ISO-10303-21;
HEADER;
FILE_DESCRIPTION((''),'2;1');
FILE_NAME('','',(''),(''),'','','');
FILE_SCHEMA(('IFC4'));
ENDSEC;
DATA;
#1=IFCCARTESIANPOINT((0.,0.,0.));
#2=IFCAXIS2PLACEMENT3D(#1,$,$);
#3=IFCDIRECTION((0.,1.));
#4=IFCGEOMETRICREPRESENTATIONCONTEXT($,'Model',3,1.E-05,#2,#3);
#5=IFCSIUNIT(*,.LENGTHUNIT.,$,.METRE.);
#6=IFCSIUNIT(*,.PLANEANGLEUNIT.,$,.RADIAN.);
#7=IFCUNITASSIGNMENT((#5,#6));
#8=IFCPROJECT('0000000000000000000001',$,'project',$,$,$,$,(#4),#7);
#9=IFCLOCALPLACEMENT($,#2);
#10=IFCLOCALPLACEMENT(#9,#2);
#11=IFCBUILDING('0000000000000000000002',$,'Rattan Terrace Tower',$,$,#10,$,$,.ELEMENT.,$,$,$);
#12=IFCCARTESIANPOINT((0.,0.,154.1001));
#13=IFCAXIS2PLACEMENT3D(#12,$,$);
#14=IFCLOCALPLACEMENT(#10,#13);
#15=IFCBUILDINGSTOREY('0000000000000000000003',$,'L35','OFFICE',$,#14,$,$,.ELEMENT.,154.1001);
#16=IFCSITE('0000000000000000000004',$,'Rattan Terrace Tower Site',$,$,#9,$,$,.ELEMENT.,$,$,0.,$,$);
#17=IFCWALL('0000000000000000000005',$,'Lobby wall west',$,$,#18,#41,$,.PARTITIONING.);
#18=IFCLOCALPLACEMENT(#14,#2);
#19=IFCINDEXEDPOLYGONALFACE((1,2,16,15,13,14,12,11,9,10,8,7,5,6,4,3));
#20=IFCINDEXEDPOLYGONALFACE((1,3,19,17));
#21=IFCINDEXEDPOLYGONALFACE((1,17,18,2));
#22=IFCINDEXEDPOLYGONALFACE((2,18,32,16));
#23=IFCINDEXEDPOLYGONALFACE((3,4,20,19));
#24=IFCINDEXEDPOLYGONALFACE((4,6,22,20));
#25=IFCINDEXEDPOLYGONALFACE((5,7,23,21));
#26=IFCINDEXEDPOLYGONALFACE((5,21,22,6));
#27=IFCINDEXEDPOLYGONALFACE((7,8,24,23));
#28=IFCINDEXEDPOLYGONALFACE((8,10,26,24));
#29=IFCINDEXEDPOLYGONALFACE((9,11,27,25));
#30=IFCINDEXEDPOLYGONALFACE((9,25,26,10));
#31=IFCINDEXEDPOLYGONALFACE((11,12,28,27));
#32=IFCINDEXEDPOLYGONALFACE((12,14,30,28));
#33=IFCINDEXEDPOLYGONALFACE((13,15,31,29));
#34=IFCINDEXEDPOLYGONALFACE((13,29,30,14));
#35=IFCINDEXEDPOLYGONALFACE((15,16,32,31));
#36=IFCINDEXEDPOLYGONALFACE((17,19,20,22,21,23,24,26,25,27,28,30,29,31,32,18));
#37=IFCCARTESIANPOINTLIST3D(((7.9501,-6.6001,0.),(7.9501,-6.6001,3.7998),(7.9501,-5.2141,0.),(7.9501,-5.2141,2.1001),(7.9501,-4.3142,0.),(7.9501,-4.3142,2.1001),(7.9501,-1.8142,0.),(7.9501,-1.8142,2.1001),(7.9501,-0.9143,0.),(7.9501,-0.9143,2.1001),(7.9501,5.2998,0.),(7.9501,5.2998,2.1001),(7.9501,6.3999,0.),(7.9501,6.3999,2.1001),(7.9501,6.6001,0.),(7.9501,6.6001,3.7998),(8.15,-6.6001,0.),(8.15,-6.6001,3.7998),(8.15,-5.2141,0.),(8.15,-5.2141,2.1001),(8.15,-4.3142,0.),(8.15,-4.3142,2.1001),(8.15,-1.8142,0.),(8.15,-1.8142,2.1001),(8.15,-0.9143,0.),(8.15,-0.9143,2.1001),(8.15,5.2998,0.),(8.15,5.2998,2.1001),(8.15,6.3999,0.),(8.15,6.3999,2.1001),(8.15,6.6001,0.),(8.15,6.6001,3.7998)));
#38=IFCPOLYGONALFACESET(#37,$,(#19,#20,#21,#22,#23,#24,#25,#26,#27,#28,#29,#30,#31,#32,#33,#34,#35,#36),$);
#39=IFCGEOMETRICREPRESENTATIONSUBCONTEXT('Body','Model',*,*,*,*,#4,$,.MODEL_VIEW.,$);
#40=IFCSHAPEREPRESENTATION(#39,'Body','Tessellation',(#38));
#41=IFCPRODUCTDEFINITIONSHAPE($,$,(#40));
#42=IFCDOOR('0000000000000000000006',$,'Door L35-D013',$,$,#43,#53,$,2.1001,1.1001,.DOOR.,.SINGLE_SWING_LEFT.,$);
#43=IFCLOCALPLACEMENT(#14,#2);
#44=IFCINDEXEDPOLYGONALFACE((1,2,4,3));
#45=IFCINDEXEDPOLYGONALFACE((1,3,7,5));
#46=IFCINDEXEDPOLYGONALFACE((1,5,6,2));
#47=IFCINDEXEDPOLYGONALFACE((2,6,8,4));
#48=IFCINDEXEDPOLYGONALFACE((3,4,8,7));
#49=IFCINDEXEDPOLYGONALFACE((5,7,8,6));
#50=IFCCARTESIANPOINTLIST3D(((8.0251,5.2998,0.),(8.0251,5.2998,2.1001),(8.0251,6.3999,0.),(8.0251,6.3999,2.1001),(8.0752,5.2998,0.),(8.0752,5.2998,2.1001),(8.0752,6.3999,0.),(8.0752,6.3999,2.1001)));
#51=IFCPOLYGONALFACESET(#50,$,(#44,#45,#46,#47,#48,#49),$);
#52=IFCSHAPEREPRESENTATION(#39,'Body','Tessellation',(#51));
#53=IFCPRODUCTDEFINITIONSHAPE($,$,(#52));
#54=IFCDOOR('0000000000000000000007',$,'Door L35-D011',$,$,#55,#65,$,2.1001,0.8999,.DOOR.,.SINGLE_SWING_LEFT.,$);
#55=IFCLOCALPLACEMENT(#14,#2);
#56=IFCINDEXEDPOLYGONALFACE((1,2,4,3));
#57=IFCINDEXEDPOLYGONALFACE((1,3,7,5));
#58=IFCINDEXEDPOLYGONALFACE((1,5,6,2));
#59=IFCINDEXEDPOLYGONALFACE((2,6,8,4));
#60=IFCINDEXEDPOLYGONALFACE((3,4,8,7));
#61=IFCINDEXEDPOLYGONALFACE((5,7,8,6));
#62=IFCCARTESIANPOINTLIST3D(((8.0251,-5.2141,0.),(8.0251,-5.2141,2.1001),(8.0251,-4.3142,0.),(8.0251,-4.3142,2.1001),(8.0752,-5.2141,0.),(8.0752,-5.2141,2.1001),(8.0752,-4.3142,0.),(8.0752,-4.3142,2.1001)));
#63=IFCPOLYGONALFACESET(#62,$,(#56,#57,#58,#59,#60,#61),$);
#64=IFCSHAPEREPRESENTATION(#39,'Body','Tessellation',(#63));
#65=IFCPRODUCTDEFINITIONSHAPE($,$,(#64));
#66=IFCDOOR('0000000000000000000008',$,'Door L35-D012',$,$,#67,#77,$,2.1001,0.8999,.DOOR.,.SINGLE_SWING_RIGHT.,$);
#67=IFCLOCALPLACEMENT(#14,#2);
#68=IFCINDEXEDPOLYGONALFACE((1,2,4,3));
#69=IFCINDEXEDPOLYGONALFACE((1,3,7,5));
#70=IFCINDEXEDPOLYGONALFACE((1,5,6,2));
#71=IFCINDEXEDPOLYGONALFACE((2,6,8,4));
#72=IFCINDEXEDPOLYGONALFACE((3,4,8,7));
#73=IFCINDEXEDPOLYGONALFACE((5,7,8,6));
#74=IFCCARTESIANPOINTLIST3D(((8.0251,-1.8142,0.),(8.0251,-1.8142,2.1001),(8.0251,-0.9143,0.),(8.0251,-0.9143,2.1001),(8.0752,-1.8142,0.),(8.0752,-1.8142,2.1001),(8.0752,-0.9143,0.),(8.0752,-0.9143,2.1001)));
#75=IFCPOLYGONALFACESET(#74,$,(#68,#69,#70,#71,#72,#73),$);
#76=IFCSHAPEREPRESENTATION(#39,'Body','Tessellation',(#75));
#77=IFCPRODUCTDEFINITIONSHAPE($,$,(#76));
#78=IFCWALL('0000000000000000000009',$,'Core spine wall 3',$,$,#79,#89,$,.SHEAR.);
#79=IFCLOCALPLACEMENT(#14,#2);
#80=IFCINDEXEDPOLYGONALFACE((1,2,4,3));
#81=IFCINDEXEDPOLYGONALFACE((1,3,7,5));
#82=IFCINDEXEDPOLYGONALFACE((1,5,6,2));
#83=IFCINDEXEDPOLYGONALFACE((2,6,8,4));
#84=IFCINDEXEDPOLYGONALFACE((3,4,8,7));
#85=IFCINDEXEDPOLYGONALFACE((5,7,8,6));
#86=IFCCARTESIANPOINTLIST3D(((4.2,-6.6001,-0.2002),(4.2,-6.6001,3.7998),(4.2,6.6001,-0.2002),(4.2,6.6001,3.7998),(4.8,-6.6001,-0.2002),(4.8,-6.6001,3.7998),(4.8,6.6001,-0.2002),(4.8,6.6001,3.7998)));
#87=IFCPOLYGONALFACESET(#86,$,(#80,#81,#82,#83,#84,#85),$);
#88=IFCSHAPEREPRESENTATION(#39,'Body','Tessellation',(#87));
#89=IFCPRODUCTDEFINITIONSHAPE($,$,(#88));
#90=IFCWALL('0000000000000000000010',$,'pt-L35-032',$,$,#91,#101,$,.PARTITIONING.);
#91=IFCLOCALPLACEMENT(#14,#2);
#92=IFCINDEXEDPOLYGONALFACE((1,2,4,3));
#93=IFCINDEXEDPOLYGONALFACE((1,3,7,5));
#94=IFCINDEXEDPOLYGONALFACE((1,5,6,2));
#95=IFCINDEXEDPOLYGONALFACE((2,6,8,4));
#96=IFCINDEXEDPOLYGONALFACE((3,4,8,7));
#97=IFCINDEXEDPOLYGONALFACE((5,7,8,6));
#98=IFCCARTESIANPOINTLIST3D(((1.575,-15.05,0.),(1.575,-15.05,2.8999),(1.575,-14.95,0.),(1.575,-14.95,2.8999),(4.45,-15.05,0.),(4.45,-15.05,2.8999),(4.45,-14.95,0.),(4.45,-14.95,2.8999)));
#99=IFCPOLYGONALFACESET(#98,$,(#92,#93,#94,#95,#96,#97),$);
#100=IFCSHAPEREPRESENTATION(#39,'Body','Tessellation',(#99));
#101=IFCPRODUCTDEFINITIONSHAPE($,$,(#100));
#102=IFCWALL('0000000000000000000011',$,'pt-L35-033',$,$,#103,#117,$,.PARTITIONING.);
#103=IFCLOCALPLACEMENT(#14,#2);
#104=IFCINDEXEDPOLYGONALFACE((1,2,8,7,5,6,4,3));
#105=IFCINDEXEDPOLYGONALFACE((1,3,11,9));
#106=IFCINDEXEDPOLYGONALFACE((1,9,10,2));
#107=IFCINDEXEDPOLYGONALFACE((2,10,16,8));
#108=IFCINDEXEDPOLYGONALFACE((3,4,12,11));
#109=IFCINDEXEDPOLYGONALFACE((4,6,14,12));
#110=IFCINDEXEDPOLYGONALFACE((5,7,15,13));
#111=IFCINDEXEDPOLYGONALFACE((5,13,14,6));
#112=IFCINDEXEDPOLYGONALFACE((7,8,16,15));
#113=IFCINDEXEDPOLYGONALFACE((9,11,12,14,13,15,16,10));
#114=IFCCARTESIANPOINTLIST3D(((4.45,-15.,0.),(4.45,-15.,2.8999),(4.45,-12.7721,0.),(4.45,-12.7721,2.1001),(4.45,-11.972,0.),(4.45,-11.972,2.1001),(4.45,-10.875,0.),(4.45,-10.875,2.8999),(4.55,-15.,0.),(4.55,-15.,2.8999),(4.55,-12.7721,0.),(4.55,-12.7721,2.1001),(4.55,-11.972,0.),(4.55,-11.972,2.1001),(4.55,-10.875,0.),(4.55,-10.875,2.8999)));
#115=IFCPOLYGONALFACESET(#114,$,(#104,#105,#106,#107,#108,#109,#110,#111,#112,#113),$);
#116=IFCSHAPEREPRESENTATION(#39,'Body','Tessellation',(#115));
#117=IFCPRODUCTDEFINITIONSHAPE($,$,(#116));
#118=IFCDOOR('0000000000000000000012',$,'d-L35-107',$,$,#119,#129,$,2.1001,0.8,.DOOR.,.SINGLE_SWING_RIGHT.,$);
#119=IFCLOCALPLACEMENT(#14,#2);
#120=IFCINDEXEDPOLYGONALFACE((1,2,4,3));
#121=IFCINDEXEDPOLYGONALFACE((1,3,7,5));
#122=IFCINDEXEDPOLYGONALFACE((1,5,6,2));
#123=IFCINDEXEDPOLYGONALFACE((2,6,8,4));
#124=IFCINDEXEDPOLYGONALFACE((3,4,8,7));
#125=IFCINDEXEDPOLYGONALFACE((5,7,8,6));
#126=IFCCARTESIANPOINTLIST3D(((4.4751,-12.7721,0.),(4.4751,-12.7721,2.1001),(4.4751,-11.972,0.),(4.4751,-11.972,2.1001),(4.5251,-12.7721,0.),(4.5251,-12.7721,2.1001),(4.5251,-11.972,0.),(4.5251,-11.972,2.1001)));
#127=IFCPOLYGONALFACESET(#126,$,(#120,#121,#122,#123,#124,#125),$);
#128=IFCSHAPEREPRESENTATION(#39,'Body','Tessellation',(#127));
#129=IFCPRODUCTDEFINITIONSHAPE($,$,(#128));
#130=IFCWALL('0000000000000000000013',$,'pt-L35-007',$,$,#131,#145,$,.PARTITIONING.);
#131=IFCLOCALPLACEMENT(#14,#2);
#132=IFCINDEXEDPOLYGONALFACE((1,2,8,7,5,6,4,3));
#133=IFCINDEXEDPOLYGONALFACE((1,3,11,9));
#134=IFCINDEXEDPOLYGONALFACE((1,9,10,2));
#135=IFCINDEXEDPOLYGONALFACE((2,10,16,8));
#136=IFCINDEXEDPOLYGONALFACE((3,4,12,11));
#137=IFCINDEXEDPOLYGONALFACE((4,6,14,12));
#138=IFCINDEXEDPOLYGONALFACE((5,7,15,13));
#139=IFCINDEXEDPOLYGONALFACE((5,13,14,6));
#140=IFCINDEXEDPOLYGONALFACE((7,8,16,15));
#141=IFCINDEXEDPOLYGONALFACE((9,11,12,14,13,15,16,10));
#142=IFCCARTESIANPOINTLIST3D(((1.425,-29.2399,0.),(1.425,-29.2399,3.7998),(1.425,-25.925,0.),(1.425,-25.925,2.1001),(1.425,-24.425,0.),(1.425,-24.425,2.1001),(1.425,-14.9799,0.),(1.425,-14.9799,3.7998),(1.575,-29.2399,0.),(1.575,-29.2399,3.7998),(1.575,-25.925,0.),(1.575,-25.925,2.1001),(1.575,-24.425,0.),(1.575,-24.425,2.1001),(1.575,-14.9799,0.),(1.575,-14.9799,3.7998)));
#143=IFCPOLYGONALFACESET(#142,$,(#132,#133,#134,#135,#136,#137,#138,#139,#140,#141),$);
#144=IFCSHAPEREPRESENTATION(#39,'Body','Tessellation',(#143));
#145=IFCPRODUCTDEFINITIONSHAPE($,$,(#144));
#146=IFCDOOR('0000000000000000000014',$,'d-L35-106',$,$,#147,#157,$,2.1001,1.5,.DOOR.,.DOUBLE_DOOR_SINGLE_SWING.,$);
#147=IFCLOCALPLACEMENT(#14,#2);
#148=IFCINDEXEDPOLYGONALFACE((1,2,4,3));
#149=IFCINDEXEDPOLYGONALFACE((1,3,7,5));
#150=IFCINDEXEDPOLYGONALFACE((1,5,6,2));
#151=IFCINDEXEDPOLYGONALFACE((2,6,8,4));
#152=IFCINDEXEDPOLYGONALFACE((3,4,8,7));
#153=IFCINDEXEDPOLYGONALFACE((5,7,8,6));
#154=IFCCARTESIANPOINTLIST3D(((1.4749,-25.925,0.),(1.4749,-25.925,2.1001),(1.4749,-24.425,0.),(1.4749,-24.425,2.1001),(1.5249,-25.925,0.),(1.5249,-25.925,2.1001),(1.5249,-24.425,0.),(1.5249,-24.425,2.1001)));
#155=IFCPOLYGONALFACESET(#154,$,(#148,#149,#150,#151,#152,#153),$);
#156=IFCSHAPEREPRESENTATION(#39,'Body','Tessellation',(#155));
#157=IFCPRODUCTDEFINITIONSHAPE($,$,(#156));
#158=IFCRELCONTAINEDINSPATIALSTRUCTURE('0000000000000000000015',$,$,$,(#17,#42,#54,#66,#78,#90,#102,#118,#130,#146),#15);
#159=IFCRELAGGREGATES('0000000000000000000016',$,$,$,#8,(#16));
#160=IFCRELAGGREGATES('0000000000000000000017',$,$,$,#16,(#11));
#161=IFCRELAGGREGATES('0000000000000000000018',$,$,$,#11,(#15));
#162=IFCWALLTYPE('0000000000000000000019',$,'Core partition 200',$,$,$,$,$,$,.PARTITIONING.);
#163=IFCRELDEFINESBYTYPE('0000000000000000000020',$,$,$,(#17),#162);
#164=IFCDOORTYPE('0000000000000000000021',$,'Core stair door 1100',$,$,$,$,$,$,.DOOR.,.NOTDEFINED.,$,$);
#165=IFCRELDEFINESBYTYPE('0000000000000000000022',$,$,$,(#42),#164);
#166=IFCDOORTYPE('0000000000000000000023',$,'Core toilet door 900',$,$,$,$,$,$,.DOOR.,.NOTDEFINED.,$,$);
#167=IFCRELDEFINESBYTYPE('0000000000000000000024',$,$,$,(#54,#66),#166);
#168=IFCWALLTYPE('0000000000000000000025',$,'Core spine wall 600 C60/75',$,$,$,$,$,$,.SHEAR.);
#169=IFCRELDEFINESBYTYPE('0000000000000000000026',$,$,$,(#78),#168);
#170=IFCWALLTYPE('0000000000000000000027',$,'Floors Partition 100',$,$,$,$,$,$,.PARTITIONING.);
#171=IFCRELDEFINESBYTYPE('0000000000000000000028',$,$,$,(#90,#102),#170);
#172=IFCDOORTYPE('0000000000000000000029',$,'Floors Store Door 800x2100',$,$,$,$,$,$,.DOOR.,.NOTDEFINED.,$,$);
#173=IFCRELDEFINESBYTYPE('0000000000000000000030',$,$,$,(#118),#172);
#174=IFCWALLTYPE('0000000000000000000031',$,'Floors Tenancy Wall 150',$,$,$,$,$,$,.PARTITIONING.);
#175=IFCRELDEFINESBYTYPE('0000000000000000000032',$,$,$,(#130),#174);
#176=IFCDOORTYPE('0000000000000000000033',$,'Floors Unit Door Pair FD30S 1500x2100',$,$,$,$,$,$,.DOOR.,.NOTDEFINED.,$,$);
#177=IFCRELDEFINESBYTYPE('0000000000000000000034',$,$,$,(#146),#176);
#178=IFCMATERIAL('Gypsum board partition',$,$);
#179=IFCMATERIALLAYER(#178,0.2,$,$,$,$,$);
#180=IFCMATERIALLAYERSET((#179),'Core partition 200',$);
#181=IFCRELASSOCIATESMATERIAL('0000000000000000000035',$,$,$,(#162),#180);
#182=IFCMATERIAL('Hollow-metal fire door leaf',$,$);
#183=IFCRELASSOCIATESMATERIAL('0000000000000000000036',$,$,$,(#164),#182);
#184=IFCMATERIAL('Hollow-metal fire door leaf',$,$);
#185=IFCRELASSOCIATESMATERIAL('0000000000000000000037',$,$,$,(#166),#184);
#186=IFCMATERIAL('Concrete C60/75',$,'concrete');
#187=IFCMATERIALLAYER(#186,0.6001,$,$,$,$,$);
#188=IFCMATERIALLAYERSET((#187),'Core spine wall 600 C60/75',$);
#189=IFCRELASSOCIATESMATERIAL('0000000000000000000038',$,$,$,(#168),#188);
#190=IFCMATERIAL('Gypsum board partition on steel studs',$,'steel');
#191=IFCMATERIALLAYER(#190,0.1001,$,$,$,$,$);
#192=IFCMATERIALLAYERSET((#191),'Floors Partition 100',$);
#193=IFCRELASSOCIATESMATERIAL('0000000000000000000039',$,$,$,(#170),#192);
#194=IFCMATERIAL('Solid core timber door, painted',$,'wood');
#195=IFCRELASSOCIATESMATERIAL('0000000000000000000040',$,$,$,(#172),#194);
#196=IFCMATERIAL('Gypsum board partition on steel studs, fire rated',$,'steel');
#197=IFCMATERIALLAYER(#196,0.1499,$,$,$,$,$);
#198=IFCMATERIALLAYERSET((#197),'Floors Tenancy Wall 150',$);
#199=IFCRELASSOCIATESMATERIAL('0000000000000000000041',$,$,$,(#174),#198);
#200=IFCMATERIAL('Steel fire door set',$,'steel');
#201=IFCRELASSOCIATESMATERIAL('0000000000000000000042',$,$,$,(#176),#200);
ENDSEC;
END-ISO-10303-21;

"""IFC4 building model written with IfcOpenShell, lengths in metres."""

from ifc_helpers import new_model, si_unit, direction, frame, frame_2d, origin, place, context, subcontext, project, spatial, rectangle, extrude, material, layer, layer_set, type_object, element, fill, save


model = new_model("IFC4")

# Units and contexts
model_context = context("Model", 3, precision=1e-05, world=origin(), true_north=direction((0.0, 1.0)))
body_context = subcontext(model_context, "Body", "Model", "MODEL_VIEW")
ifc_project = project(units=[si_unit("LENGTHUNIT", "METRE"), si_unit("PLANEANGLEUNIT", "RADIAN")], contexts=[model_context])

# Site, building, storey
site_placement = place(None, origin())
site = spatial("IfcSite", under=ifc_project, at=site_placement, Name="Rattan Terrace Tower Site", CompositionType="ELEMENT", RefElevation=0.0)
building_placement = place(site_placement, origin())
building = spatial("IfcBuilding", under=site, at=building_placement, Name="Rattan Terrace Tower", CompositionType="ELEMENT")
storey_placement = place(building_placement, frame((0.0, 0.0, 154.1001)))
storey = spatial("IfcBuildingStorey", under=building, at=storey_placement, Name="L35", Description="OFFICE", CompositionType="ELEMENT", Elevation=154.1001)

# Wall, openings, doors
ifc_material_1 = material(Name="Gypsum board partition")
ifc_layer_1 = layer(ifc_material_1, 0.2)
ifc_layer_set_1 = layer_set([ifc_layer_1], Name="Core partition 200")
wall_type_1 = type_object("IfcWallType", Name="Core partition 200", PredefinedType="PARTITIONING", material=ifc_layer_set_1)
wall_1_placement = place(storey_placement, frame((8.05, -6.6001, 0.0), z_axis=(0.0, 0.0, 1.0), x_axis=(0.0, 1.0, 0.0)))
wall_1 = element("IfcWall", 1, at=wall_1_placement, inside=storey, type_object=wall_type_1, Name="Lobby wall west", PredefinedType="PARTITIONING", context=body_context, shape_type="SweptSolid", body=[
    extrude(rectangle(XDim=13.2002, YDim=0.2, at=frame_2d((6.6001, 0.0))), origin(), (0.0, 0.0, 1.0), 3.7998),
])
opening_1_placement = place(wall_1_placement, frame((1.386, 0.0, 0.0)))
opening_1 = element("IfcOpeningElement", 2, at=opening_1_placement, cuts=wall_1, PredefinedType="OPENING", context=body_context, shape_type="SweptSolid", body=[
    extrude(rectangle(XDim=0.8999, YDim=2.1001, at=frame_2d((0.45, 1.05))), frame((0.0, 0.1106, 0.0), z_axis=(0.0, -1.0, 0.0), x_axis=(1.0, 0.0, 0.0)), (0.0, 0.0, 1.0), 0.2209),
])
opening_2_placement = place(wall_1_placement, frame((4.7859, 0.0, 0.0)))
opening_2 = element("IfcOpeningElement", 3, at=opening_2_placement, cuts=wall_1, PredefinedType="OPENING", context=body_context, shape_type="SweptSolid", body=[
    extrude(rectangle(XDim=0.8999, YDim=2.1001, at=frame_2d((0.45, 1.05))), frame((0.0, 0.1106, 0.0), z_axis=(0.0, -1.0, 0.0), x_axis=(1.0, 0.0, 0.0)), (0.0, 0.0, 1.0), 0.2209),
])
opening_3_placement = place(wall_1_placement, frame((11.8999, 0.0, 0.0)))
opening_3 = element("IfcOpeningElement", 4, at=opening_3_placement, cuts=wall_1, PredefinedType="OPENING", context=body_context, shape_type="SweptSolid", body=[
    extrude(rectangle(XDim=1.1001, YDim=2.1001, at=frame_2d((0.55, 1.05))), frame((0.0, 0.1106, 0.0), z_axis=(0.0, -1.0, 0.0), x_axis=(1.0, 0.0, 0.0)), (0.0, 0.0, 1.0), 0.2209),
])
ifc_material_2 = material(Name="Hollow-metal fire door leaf")
door_type_1 = type_object("IfcDoorType", Name="Core stair door 1100", OperationType="NOTDEFINED", PredefinedType="DOOR", material=ifc_material_2)
door_1_placement = place(opening_3_placement, origin())
door_1 = element("IfcDoor", 5, at=door_1_placement, inside=storey, type_object=door_type_1, Name="Door L35-D013", OperationType="SINGLE_SWING_LEFT", OverallHeight=2.1001, OverallWidth=1.1001, PredefinedType="DOOR", context=body_context, shape_type="SweptSolid", body=[
    extrude(rectangle(XDim=1.1001, YDim=2.1001, at=frame_2d((0.55, 1.05))), frame((0.0, 0.0249, 0.0), z_axis=(0.0, -1.0, 0.0), x_axis=(1.0, 0.0, 0.0)), (0.0, 0.0, 1.0), 0.05),
])
fill(opening_3, door_1)
ifc_material_3 = material(Name="Hollow-metal fire door leaf")
door_type_2 = type_object("IfcDoorType", Name="Core toilet door 900", OperationType="NOTDEFINED", PredefinedType="DOOR", material=ifc_material_3)
door_2_placement = place(opening_1_placement, origin())
door_2 = element("IfcDoor", 6, at=door_2_placement, inside=storey, type_object=door_type_2, Name="Door L35-D011", OperationType="SINGLE_SWING_LEFT", OverallHeight=2.1001, OverallWidth=0.8999, PredefinedType="DOOR", context=body_context, shape_type="SweptSolid", body=[
    extrude(rectangle(XDim=0.8999, YDim=2.1001, at=frame_2d((0.45, 1.05))), frame((0.0, 0.0249, 0.0), z_axis=(0.0, -1.0, 0.0), x_axis=(1.0, 0.0, 0.0)), (0.0, 0.0, 1.0), 0.05),
])
fill(opening_1, door_2)
door_3_placement = place(opening_2_placement, origin())
door_3 = element("IfcDoor", 7, at=door_3_placement, inside=storey, type_object=door_type_2, Name="Door L35-D012", OperationType="SINGLE_SWING_RIGHT", OverallHeight=2.1001, OverallWidth=0.8999, PredefinedType="DOOR", context=body_context, shape_type="SweptSolid", body=[
    extrude(rectangle(XDim=0.8999, YDim=2.1001, at=frame_2d((0.45, 1.05))), frame((0.0, 0.0249, 0.0), z_axis=(0.0, -1.0, 0.0), x_axis=(1.0, 0.0, 0.0)), (0.0, 0.0, 1.0), 0.05),
])
fill(opening_2, door_3)

# Walls
ifc_material_4 = material(Name="Concrete C60/75", Category="concrete")
ifc_layer_2 = layer(ifc_material_4, 0.6001)
ifc_layer_set_2 = layer_set([ifc_layer_2], Name="Core spine wall 600 C60/75")
wall_type_2 = type_object("IfcWallType", Name="Core spine wall 600 C60/75", PredefinedType="SHEAR", material=ifc_layer_set_2)
wall_2_placement = place(storey_placement, frame((4.5, -6.6001, -0.2002), z_axis=(0.0, 0.0, 1.0), x_axis=(0.0, 1.0, 0.0)))
element("IfcWall", 8, at=wall_2_placement, inside=storey, type_object=wall_type_2, Name="Core spine wall 3", PredefinedType="SHEAR", context=body_context, shape_type="SweptSolid", body=[
    extrude(rectangle(XDim=13.2002, YDim=0.6001, at=frame_2d((6.6001, 0.0))), origin(), (0.0, 0.0, 1.0), 4.0),
])
ifc_material_5 = material(Name="Gypsum board partition on steel studs", Category="steel")
ifc_layer_3 = layer(ifc_material_5, 0.1001)
ifc_layer_set_3 = layer_set([ifc_layer_3], Name="Floors Partition 100")
wall_type_3 = type_object("IfcWallType", Name="Floors Partition 100", PredefinedType="PARTITIONING", material=ifc_layer_set_3)
wall_3_placement = place(storey_placement, frame((1.575, -15.0, 0.0), z_axis=(0.0, 0.0, 1.0), x_axis=(1.0, 0.0, 0.0)))
element("IfcWall", 9, at=wall_3_placement, inside=storey, type_object=wall_type_3, Name="pt-L35-032", PredefinedType="PARTITIONING", context=body_context, shape_type="SweptSolid", body=[
    extrude(rectangle(XDim=2.875, YDim=0.1001, at=frame_2d((1.4375, 0.0))), origin(), (0.0, 0.0, 1.0), 2.8999),
])

# Walls, openings, doors
wall_4_placement = place(storey_placement, frame((4.5, -15.0, 0.0), z_axis=(0.0, 0.0, 1.0), x_axis=(0.0, 1.0, 0.0)))
wall_4 = element("IfcWall", 10, at=wall_4_placement, inside=storey, type_object=wall_type_3, Name="pt-L35-033", PredefinedType="PARTITIONING", context=body_context, shape_type="SweptSolid", body=[
    extrude(rectangle(XDim=4.125, YDim=0.1001, at=frame_2d((2.0625, 0.0))), origin(), (0.0, 0.0, 1.0), 2.8999),
])
opening_4_placement = place(wall_4_placement, frame((2.228, 0.0, 0.0)))
opening_4 = element("IfcOpeningElement", 11, at=opening_4_placement, cuts=wall_4, PredefinedType="OPENING", context=body_context, shape_type="SweptSolid", body=[
    extrude(rectangle(XDim=0.8, YDim=2.1001, at=frame_2d((0.3999, 1.05))), frame((0.0, 0.0605, 0.0), z_axis=(0.0, -1.0, 0.0), x_axis=(1.0, 0.0, 0.0)), (0.0, 0.0, 1.0), 0.1211),
])
ifc_material_6 = material(Name="Solid core timber door, painted", Category="wood")
door_type_3 = type_object("IfcDoorType", Name="Floors Store Door 800x2100", OperationType="NOTDEFINED", PredefinedType="DOOR", material=ifc_material_6)
door_4_placement = place(opening_4_placement, origin())
door_4 = element("IfcDoor", 12, at=door_4_placement, inside=storey, type_object=door_type_3, Name="d-L35-107", OperationType="SINGLE_SWING_RIGHT", OverallHeight=2.1001, OverallWidth=0.8, PredefinedType="DOOR", context=body_context, shape_type="SweptSolid", body=[
    extrude(rectangle(XDim=0.8, YDim=2.1001, at=frame_2d((0.3999, 1.05))), frame((0.0, 0.0249, 0.0), z_axis=(0.0, -1.0, 0.0), x_axis=(1.0, 0.0, 0.0)), (0.0, 0.0, 1.0), 0.05),
])
fill(opening_4, door_4)
ifc_material_7 = material(Name="Gypsum board partition on steel studs, fire rated", Category="steel")
ifc_layer_4 = layer(ifc_material_7, 0.1499)
ifc_layer_set_4 = layer_set([ifc_layer_4], Name="Floors Tenancy Wall 150")
wall_type_4 = type_object("IfcWallType", Name="Floors Tenancy Wall 150", PredefinedType="PARTITIONING", material=ifc_layer_set_4)
wall_5_placement = place(storey_placement, frame((1.5, -14.98, 0.0), z_axis=(0.0, 0.0, 1.0), x_axis=(0.0, -1.0, 0.0)))
wall_5 = element("IfcWall", 13, at=wall_5_placement, inside=storey, type_object=wall_type_4, Name="pt-L35-007", PredefinedType="PARTITIONING", context=body_context, shape_type="SweptSolid", body=[
    extrude(rectangle(XDim=14.26, YDim=0.1499, at=frame_2d((7.1299, 0.0))), origin(), (0.0, 0.0, 1.0), 3.7998),
])
opening_5_placement = place(wall_5_placement, frame((9.4451, 0.0, 0.0)))
opening_5 = element("IfcOpeningElement", 14, at=opening_5_placement, cuts=wall_5, PredefinedType="OPENING", context=body_context, shape_type="SweptSolid", body=[
    extrude(rectangle(XDim=1.5, YDim=2.1001, at=frame_2d((0.75, 1.05))), frame((0.0, 0.0854, 0.0), z_axis=(0.0, -1.0, 0.0), x_axis=(1.0, 0.0, 0.0)), (0.0, 0.0, 1.0), 0.1709),
])
ifc_material_8 = material(Name="Steel fire door set", Category="steel")
door_type_4 = type_object("IfcDoorType", Name="Floors Unit Door Pair FD30S 1500x2100", OperationType="NOTDEFINED", PredefinedType="DOOR", material=ifc_material_8)
door_5_placement = place(opening_5_placement, origin())
door_5 = element("IfcDoor", 15, at=door_5_placement, inside=storey, type_object=door_type_4, Name="d-L35-106", OperationType="DOUBLE_DOOR_SINGLE_SWING", OverallHeight=2.1001, OverallWidth=1.5, PredefinedType="DOOR", context=body_context, shape_type="SweptSolid", body=[
    extrude(rectangle(XDim=1.5, YDim=2.1001, at=frame_2d((0.75, 1.05))), frame((0.0, 0.0249, 0.0), z_axis=(0.0, -1.0, 0.0), x_axis=(1.0, 0.0, 0.0)), (0.0, 0.0, 1.0), 0.05),
])
fill(opening_5, door_5)

save(model, "model.ifc")
